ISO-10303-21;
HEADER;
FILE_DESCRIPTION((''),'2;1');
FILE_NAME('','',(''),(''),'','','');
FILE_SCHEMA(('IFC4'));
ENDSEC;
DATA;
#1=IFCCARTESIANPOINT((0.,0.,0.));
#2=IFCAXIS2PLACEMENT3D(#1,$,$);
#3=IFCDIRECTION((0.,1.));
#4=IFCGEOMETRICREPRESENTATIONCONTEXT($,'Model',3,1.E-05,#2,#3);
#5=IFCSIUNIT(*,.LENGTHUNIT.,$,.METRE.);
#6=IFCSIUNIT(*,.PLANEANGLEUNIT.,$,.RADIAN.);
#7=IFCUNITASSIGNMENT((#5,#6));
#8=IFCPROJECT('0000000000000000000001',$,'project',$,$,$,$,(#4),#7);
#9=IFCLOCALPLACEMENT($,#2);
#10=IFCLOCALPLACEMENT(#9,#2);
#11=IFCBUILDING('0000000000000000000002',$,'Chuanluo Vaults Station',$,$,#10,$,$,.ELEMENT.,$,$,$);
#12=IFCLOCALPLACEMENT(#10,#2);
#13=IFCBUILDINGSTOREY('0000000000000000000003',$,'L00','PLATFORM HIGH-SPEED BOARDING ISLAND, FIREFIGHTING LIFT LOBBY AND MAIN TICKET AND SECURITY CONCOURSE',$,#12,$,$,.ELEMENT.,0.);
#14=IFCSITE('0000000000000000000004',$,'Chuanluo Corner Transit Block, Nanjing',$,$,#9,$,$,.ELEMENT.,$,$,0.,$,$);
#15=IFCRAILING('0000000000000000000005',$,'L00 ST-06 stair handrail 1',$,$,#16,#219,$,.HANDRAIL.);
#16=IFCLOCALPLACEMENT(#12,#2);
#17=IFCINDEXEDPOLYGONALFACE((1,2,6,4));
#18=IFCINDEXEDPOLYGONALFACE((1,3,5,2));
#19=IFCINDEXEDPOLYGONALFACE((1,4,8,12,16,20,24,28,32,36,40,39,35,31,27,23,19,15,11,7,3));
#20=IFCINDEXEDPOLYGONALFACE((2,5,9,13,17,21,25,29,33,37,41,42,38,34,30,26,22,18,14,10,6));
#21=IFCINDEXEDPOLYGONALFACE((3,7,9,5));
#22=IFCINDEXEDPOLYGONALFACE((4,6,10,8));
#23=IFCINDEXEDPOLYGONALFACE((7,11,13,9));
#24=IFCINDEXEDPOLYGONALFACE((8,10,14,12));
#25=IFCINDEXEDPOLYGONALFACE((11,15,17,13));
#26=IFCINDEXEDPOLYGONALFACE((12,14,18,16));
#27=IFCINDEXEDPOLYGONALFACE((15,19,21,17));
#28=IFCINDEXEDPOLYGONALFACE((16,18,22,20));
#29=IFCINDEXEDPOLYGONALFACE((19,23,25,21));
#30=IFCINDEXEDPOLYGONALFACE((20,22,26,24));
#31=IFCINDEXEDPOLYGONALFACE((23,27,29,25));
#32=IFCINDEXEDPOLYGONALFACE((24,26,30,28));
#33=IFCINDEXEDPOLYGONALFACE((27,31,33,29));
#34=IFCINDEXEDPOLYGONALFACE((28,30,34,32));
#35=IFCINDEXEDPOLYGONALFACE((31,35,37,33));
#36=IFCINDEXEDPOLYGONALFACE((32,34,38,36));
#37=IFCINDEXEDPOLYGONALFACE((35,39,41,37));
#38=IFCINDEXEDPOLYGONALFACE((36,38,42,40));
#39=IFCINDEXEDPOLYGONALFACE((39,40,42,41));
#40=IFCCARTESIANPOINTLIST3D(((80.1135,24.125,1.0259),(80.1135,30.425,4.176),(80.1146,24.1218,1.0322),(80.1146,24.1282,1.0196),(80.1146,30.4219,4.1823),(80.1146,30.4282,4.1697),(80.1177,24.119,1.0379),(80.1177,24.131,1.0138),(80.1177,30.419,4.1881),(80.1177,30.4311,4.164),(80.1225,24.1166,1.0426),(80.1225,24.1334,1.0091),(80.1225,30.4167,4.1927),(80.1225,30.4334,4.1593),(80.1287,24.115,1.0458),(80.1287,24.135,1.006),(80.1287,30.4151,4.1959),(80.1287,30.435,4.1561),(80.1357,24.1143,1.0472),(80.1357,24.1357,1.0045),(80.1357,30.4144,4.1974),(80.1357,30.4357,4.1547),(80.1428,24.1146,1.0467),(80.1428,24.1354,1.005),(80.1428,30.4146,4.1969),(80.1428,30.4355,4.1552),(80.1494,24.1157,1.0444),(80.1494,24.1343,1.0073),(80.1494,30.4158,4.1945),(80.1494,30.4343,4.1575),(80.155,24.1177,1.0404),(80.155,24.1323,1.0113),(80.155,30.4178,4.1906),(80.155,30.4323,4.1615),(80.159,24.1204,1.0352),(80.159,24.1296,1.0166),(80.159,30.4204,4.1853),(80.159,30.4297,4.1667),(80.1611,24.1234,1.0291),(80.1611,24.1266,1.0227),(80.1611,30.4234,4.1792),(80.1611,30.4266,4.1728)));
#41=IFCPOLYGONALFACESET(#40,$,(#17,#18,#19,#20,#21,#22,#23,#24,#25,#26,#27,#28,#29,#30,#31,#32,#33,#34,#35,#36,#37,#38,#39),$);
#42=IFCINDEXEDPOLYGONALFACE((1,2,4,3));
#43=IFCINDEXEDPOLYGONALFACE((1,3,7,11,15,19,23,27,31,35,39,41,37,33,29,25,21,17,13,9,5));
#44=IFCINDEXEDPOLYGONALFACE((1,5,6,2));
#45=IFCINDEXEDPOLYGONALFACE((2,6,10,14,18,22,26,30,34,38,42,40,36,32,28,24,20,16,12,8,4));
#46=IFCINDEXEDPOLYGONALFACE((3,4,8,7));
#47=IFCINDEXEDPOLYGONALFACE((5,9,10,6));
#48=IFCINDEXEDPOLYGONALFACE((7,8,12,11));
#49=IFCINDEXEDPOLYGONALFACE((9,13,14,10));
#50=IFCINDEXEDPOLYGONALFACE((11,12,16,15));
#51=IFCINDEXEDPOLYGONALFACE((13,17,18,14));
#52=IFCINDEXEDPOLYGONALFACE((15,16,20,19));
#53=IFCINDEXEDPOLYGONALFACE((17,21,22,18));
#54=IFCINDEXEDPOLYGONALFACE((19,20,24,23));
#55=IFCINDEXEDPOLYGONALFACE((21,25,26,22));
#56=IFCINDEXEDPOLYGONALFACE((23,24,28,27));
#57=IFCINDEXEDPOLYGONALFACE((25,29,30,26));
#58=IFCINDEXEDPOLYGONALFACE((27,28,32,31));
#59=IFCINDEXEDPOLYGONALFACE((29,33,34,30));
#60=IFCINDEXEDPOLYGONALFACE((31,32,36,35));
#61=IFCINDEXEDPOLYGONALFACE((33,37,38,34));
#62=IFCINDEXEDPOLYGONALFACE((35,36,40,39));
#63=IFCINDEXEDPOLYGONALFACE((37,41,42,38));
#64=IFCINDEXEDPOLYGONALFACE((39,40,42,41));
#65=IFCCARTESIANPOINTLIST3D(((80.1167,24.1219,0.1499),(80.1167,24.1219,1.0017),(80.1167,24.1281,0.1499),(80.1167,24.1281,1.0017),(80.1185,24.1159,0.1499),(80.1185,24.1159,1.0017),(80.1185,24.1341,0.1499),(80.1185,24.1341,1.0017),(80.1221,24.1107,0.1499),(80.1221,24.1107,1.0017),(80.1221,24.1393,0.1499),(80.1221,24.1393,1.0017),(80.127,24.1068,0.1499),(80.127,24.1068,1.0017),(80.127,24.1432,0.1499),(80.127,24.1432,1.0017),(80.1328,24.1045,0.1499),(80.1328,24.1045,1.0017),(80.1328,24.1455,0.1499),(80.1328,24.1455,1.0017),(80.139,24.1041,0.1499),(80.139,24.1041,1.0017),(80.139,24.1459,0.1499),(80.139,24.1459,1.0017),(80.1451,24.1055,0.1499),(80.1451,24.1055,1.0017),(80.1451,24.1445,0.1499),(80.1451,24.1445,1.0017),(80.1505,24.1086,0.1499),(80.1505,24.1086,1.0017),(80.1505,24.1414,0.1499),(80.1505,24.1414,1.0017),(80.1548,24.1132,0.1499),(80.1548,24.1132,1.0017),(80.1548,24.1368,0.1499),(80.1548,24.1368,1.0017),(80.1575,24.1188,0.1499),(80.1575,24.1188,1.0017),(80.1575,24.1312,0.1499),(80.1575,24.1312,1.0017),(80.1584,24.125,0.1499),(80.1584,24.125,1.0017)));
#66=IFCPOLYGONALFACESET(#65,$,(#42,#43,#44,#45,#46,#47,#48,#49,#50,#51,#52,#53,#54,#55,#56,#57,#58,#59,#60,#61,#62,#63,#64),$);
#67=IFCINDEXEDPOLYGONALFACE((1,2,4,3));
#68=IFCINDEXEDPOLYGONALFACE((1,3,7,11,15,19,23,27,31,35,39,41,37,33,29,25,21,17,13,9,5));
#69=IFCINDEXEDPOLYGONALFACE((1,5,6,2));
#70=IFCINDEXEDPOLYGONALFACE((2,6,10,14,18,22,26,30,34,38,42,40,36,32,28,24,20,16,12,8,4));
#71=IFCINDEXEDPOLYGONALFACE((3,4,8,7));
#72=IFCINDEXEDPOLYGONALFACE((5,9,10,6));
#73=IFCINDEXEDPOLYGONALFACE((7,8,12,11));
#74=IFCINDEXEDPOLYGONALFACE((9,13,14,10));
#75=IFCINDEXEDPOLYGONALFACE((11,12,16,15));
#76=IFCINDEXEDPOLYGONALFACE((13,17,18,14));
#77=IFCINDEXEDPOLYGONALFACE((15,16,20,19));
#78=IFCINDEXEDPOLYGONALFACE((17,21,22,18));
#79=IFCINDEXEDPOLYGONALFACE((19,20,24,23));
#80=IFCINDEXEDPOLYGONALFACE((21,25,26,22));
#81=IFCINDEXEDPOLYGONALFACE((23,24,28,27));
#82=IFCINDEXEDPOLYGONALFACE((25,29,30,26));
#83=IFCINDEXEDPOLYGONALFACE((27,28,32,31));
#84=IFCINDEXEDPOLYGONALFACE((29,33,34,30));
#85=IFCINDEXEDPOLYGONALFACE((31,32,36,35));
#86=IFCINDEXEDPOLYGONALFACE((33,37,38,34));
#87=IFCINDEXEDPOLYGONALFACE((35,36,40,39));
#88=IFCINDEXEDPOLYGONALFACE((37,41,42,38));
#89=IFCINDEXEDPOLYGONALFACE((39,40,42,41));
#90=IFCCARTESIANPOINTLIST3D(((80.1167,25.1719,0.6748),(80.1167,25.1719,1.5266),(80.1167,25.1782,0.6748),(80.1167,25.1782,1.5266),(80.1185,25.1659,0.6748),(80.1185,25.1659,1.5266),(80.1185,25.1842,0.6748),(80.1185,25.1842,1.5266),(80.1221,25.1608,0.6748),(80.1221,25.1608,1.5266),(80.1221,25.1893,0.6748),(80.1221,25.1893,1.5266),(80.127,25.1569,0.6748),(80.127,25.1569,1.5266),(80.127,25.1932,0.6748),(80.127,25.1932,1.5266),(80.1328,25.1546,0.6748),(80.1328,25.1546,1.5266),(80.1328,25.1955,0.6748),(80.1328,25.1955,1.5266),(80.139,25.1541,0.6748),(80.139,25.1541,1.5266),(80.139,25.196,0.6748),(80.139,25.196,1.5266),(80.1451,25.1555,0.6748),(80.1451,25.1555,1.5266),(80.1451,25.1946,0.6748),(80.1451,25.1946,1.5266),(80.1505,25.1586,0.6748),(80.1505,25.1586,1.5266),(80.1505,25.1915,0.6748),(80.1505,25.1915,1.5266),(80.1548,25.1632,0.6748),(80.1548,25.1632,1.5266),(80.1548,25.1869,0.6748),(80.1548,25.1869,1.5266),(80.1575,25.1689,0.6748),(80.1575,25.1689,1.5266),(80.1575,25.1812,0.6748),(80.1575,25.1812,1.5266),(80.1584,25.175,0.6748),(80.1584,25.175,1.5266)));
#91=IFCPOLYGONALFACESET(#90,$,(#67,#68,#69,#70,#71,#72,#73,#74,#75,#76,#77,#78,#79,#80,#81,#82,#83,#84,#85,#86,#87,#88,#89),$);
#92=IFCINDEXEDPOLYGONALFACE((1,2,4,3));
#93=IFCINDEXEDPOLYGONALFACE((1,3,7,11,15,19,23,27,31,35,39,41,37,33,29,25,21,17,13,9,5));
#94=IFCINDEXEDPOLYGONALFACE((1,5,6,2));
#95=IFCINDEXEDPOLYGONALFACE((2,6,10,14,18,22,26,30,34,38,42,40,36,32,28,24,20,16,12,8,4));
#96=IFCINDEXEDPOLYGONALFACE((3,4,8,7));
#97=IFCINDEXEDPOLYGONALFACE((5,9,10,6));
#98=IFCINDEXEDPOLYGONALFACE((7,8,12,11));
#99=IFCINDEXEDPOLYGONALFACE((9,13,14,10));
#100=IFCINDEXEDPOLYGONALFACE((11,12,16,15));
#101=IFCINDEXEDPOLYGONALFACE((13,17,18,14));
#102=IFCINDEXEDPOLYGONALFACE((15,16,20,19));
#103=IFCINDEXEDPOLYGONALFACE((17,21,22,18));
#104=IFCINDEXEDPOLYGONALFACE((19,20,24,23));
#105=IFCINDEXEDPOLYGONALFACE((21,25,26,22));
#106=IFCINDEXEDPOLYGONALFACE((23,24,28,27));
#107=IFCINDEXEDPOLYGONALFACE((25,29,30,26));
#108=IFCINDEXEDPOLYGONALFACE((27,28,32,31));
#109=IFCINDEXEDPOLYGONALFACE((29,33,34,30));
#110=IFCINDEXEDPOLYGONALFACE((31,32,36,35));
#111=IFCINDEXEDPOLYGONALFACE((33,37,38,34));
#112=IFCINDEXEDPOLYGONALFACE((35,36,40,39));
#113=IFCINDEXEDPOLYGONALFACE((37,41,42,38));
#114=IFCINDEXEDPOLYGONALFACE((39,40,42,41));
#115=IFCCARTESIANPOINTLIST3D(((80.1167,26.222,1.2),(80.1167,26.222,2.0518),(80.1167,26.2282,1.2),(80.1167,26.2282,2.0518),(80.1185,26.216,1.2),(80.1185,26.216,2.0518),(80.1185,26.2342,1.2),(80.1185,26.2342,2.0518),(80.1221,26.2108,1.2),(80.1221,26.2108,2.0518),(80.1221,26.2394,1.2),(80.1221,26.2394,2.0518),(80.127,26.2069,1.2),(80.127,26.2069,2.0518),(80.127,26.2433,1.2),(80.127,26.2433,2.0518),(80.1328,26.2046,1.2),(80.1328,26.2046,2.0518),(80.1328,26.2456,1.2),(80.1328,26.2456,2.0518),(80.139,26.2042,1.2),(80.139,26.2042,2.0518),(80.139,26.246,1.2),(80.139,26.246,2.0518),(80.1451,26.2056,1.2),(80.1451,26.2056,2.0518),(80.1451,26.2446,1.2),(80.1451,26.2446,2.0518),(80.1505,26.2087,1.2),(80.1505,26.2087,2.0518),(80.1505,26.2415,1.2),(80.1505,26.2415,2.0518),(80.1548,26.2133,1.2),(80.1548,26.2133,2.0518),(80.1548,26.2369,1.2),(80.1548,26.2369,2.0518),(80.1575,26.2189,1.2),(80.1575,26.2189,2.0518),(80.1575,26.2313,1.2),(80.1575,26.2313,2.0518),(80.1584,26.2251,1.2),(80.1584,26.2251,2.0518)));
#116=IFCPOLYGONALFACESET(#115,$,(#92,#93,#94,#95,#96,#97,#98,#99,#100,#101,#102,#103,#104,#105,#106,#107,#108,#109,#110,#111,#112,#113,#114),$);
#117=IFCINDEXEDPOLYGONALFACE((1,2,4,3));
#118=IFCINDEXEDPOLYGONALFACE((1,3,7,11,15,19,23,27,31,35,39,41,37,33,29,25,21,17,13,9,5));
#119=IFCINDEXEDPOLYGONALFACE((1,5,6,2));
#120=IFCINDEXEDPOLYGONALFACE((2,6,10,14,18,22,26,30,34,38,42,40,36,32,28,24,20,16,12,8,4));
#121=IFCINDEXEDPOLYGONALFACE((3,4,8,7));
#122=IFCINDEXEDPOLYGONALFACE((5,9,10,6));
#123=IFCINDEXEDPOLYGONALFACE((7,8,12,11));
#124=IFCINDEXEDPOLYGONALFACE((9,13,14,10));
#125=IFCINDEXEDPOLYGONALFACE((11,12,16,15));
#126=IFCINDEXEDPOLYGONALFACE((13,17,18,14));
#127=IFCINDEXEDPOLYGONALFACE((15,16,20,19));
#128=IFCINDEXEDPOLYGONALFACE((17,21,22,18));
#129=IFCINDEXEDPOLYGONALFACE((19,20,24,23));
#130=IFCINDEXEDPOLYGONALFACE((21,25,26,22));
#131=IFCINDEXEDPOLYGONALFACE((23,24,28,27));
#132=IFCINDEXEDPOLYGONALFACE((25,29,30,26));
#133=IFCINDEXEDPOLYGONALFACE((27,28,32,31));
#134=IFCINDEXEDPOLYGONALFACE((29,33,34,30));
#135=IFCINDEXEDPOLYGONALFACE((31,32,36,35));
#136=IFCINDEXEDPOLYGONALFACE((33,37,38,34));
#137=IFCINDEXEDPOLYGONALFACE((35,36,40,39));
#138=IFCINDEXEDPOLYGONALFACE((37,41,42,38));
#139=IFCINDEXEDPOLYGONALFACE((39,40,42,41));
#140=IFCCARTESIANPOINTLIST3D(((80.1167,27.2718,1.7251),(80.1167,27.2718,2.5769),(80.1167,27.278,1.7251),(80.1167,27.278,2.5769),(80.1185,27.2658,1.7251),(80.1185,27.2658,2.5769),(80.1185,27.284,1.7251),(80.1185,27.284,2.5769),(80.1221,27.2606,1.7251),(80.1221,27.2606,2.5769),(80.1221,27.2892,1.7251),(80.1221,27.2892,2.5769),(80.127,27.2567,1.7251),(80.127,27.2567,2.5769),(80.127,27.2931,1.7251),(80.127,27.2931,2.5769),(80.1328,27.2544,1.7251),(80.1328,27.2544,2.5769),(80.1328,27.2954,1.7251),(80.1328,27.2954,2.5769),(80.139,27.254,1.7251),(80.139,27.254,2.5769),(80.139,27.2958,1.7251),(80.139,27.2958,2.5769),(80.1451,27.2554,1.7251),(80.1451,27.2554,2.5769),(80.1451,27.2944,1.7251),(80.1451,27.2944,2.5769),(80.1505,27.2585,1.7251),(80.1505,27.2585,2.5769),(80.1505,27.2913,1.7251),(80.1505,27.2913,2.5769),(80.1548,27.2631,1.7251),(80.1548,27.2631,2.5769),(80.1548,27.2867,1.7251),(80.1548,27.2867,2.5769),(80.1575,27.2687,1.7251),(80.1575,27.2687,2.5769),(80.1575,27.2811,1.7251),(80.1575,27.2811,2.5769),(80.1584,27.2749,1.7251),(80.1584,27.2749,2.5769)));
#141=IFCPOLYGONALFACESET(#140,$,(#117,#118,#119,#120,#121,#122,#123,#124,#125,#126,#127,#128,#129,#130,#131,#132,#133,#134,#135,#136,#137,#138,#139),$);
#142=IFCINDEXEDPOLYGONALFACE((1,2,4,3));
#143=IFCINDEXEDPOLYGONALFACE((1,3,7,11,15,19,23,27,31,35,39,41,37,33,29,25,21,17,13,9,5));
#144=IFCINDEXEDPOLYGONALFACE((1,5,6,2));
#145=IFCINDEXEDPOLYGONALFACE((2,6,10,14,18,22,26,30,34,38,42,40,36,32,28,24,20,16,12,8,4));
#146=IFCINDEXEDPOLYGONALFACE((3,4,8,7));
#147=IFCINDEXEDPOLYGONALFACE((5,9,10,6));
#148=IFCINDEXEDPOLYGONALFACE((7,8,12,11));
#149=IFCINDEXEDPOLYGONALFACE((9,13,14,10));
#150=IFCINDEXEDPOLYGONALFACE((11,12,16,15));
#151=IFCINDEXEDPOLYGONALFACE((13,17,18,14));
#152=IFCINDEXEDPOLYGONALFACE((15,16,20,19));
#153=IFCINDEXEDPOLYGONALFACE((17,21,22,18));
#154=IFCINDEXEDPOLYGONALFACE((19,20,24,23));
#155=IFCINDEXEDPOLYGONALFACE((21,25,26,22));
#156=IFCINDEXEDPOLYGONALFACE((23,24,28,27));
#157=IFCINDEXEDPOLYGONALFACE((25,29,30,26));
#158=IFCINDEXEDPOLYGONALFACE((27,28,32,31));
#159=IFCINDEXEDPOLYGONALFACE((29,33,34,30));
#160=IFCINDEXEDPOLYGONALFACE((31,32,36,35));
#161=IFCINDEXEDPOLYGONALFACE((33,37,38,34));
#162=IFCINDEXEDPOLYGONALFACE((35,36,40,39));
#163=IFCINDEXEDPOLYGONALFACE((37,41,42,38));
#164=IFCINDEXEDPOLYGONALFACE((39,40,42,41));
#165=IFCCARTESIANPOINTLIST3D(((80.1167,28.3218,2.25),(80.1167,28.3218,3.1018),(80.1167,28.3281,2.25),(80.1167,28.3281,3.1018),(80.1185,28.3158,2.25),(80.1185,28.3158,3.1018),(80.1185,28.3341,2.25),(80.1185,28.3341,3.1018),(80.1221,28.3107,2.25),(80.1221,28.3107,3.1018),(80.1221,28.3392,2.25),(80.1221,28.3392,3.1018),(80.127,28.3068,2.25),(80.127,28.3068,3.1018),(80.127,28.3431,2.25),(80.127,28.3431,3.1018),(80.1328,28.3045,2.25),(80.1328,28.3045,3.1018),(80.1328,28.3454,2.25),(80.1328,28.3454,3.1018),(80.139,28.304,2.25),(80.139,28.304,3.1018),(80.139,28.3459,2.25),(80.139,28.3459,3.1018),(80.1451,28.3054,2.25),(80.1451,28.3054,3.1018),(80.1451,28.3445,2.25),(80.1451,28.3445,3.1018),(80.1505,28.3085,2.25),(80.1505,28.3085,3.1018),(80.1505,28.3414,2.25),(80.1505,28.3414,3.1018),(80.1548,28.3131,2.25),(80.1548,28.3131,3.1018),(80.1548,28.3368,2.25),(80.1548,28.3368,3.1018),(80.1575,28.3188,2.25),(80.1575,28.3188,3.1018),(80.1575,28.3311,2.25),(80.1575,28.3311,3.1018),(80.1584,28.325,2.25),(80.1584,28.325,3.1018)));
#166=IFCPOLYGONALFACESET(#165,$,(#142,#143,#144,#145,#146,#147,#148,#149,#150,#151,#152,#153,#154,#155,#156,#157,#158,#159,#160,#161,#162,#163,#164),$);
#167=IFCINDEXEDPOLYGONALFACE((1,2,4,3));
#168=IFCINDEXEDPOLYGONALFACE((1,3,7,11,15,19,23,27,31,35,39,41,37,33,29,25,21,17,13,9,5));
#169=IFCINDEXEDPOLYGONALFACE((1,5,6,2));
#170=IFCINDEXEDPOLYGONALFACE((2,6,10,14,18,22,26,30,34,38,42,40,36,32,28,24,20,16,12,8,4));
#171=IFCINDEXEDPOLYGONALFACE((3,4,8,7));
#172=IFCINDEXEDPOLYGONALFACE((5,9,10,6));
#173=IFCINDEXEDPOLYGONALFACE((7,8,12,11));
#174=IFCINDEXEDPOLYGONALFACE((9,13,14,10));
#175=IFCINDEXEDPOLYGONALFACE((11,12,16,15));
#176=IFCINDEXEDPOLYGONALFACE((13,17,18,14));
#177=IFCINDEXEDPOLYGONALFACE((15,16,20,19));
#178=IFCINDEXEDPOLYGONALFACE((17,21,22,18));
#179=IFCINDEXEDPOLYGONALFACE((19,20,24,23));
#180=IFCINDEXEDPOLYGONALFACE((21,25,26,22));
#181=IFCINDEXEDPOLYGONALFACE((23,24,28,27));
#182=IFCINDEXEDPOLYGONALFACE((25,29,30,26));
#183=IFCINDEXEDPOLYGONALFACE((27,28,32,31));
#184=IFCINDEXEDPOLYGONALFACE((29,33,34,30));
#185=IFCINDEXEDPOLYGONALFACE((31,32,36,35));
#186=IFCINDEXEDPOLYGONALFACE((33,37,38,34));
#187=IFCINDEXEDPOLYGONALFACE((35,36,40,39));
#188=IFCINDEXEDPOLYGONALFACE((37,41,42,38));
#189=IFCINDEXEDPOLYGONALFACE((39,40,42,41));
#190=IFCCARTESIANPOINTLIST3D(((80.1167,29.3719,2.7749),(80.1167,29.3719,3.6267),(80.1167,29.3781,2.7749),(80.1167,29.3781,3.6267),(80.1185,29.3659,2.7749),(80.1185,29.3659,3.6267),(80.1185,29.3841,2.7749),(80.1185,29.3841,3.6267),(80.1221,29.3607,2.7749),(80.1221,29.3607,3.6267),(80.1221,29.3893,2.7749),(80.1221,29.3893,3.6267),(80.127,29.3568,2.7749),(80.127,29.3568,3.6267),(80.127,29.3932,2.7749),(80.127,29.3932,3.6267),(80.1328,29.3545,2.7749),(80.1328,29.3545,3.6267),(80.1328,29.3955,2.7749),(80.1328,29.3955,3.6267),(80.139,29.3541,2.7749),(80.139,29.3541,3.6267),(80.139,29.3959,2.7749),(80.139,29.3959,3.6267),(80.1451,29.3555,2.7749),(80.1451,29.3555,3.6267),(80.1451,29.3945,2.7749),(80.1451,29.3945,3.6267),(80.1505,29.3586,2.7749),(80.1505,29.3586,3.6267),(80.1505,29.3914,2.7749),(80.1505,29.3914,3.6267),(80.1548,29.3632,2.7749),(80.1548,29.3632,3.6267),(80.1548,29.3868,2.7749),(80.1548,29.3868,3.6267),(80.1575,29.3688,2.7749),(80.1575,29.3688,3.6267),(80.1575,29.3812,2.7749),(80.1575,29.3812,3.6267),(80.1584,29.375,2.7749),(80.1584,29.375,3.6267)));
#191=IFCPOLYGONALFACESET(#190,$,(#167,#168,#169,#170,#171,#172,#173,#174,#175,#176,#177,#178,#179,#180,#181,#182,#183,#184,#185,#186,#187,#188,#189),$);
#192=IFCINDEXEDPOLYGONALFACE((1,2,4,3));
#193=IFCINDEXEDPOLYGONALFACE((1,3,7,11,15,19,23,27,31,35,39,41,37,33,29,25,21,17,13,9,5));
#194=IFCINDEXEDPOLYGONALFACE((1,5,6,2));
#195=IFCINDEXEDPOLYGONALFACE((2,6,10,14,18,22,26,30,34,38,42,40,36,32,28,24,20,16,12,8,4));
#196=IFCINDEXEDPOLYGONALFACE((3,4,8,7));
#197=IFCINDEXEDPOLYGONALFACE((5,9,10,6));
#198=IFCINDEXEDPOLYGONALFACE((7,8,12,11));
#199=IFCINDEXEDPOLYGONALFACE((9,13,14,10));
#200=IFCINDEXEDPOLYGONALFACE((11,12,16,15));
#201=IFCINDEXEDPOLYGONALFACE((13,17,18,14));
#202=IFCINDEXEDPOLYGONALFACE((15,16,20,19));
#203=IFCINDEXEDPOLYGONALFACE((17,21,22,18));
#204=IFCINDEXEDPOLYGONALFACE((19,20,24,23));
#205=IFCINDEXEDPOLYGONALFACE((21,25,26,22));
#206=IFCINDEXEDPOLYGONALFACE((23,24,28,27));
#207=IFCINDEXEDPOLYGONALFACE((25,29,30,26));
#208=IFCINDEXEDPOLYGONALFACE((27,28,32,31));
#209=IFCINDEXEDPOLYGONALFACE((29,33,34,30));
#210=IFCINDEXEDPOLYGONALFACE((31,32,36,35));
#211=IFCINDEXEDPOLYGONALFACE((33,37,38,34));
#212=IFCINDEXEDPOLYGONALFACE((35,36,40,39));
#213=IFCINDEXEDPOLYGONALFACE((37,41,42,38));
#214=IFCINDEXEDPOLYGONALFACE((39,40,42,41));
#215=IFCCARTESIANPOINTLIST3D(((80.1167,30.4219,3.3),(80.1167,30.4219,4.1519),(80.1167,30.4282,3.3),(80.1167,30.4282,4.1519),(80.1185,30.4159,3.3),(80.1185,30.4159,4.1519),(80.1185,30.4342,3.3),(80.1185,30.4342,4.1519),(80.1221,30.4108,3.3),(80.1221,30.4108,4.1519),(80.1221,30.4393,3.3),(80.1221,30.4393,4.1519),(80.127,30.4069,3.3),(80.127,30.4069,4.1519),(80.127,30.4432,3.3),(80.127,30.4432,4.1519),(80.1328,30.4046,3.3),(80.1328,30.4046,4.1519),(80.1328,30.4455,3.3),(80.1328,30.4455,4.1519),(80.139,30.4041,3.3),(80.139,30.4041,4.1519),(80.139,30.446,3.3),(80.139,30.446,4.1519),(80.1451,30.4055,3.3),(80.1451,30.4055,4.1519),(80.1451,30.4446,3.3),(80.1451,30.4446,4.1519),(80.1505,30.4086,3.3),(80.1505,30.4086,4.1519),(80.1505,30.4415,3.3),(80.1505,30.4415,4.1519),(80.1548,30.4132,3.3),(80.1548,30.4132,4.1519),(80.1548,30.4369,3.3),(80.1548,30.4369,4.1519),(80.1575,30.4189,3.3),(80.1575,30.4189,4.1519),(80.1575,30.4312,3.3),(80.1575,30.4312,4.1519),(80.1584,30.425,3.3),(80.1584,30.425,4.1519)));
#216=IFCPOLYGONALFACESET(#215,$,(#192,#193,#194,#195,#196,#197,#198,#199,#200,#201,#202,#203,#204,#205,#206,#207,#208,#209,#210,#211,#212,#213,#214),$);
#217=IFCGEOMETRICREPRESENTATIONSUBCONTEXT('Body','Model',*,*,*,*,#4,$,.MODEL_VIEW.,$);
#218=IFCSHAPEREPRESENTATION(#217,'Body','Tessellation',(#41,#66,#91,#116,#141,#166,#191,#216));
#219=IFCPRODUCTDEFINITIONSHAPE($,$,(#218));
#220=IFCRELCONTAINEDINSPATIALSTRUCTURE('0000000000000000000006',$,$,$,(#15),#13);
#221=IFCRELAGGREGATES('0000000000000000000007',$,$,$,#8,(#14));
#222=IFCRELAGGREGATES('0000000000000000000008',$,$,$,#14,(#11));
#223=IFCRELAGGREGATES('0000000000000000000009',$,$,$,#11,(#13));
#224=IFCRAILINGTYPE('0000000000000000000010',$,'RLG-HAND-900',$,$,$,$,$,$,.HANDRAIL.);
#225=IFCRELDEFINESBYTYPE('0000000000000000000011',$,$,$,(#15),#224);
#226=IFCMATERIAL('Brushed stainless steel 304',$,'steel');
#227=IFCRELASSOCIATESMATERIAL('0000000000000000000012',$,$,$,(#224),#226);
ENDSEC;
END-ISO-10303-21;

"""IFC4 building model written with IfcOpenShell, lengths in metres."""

from ifc_helpers import new_model, si_unit, direction, frame, origin, origin_2d, place, context, subcontext, project, spatial, circle, extrude, material, type_object, element, save


model = new_model("IFC4")

# Units and contexts
model_context = context("Model", 3, precision=1e-05, world=origin(), true_north=direction((0.0, 1.0)))
body_context = subcontext(model_context, "Body", "Model", "MODEL_VIEW")
ifc_project = project(units=[si_unit("LENGTHUNIT", "METRE"), si_unit("PLANEANGLEUNIT", "RADIAN")], contexts=[model_context])

# Site, building, storey
site_placement = place(None, origin())
site = spatial("IfcSite", under=ifc_project, at=site_placement, Name="Chuanluo Corner Transit Block, Nanjing", CompositionType="ELEMENT", RefElevation=0.0)
building_placement = place(site_placement, origin())
building = spatial("IfcBuilding", under=site, at=building_placement, Name="Chuanluo Vaults Station", CompositionType="ELEMENT")
storey_placement = place(building_placement, origin())
storey = spatial("IfcBuildingStorey", under=building, at=storey_placement, Name="L00", Description="PLATFORM HIGH-SPEED BOARDING ISLAND, FIREFIGHTING LIFT LOBBY AND MAIN TICKET AND SECURITY CONCOURSE", CompositionType="ELEMENT", Elevation=0.0)

# Railing
ifc_material_1 = material(Name="Brushed stainless steel 304", Category="steel")
railing_type_1 = type_object("IfcRailingType", Name="RLG-HAND-900", PredefinedType="HANDRAIL", material=ifc_material_1)
railing_1_placement = place(storey_placement, frame((80.1375, 24.125, 0.1499)))
element("IfcRailing", 1, at=railing_1_placement, inside=storey, type_object=railing_type_1, Name="L00 ST-06 stair handrail 1", PredefinedType="HANDRAIL", context=body_context, shape_type="SweptSolid", body=[
    extrude(circle(Radius=0.0239, at=origin_2d()), frame((0.0, 0.0, 0.876), z_axis=(0.0, 0.89442, 0.447227), x_axis=(-1.0, 0.0, 0.0)), (0.0, 0.0, 1.0), 7.0437),
    extrude(circle(Radius=0.021, at=origin_2d()), origin(), (0.0, 0.0, 1.0), 0.8518),
    extrude(circle(Radius=0.021, at=origin_2d()), frame((0.0, 1.05, 0.5249)), (0.0, 0.0, 1.0), 0.8518),
    extrude(circle(Radius=0.021, at=origin_2d()), frame((0.0, 2.1001, 1.05)), (0.0, 0.0, 1.0), 0.8518),
    extrude(circle(Radius=0.021, at=origin_2d()), frame((0.0, 3.1499, 1.5752)), (0.0, 0.0, 1.0), 0.8518),
    extrude(circle(Radius=0.021, at=origin_2d()), frame((0.0, 4.2, 2.1001)), (0.0, 0.0, 1.0), 0.8518),
    extrude(circle(Radius=0.021, at=origin_2d()), frame((0.0, 5.25, 2.625)), (0.0, 0.0, 1.0), 0.8518),
    extrude(circle(Radius=0.021, at=origin_2d()), frame((0.0, 6.3, 3.1501)), (0.0, 0.0, 1.0), 0.8518),
])

save(model, "model.ifc")
